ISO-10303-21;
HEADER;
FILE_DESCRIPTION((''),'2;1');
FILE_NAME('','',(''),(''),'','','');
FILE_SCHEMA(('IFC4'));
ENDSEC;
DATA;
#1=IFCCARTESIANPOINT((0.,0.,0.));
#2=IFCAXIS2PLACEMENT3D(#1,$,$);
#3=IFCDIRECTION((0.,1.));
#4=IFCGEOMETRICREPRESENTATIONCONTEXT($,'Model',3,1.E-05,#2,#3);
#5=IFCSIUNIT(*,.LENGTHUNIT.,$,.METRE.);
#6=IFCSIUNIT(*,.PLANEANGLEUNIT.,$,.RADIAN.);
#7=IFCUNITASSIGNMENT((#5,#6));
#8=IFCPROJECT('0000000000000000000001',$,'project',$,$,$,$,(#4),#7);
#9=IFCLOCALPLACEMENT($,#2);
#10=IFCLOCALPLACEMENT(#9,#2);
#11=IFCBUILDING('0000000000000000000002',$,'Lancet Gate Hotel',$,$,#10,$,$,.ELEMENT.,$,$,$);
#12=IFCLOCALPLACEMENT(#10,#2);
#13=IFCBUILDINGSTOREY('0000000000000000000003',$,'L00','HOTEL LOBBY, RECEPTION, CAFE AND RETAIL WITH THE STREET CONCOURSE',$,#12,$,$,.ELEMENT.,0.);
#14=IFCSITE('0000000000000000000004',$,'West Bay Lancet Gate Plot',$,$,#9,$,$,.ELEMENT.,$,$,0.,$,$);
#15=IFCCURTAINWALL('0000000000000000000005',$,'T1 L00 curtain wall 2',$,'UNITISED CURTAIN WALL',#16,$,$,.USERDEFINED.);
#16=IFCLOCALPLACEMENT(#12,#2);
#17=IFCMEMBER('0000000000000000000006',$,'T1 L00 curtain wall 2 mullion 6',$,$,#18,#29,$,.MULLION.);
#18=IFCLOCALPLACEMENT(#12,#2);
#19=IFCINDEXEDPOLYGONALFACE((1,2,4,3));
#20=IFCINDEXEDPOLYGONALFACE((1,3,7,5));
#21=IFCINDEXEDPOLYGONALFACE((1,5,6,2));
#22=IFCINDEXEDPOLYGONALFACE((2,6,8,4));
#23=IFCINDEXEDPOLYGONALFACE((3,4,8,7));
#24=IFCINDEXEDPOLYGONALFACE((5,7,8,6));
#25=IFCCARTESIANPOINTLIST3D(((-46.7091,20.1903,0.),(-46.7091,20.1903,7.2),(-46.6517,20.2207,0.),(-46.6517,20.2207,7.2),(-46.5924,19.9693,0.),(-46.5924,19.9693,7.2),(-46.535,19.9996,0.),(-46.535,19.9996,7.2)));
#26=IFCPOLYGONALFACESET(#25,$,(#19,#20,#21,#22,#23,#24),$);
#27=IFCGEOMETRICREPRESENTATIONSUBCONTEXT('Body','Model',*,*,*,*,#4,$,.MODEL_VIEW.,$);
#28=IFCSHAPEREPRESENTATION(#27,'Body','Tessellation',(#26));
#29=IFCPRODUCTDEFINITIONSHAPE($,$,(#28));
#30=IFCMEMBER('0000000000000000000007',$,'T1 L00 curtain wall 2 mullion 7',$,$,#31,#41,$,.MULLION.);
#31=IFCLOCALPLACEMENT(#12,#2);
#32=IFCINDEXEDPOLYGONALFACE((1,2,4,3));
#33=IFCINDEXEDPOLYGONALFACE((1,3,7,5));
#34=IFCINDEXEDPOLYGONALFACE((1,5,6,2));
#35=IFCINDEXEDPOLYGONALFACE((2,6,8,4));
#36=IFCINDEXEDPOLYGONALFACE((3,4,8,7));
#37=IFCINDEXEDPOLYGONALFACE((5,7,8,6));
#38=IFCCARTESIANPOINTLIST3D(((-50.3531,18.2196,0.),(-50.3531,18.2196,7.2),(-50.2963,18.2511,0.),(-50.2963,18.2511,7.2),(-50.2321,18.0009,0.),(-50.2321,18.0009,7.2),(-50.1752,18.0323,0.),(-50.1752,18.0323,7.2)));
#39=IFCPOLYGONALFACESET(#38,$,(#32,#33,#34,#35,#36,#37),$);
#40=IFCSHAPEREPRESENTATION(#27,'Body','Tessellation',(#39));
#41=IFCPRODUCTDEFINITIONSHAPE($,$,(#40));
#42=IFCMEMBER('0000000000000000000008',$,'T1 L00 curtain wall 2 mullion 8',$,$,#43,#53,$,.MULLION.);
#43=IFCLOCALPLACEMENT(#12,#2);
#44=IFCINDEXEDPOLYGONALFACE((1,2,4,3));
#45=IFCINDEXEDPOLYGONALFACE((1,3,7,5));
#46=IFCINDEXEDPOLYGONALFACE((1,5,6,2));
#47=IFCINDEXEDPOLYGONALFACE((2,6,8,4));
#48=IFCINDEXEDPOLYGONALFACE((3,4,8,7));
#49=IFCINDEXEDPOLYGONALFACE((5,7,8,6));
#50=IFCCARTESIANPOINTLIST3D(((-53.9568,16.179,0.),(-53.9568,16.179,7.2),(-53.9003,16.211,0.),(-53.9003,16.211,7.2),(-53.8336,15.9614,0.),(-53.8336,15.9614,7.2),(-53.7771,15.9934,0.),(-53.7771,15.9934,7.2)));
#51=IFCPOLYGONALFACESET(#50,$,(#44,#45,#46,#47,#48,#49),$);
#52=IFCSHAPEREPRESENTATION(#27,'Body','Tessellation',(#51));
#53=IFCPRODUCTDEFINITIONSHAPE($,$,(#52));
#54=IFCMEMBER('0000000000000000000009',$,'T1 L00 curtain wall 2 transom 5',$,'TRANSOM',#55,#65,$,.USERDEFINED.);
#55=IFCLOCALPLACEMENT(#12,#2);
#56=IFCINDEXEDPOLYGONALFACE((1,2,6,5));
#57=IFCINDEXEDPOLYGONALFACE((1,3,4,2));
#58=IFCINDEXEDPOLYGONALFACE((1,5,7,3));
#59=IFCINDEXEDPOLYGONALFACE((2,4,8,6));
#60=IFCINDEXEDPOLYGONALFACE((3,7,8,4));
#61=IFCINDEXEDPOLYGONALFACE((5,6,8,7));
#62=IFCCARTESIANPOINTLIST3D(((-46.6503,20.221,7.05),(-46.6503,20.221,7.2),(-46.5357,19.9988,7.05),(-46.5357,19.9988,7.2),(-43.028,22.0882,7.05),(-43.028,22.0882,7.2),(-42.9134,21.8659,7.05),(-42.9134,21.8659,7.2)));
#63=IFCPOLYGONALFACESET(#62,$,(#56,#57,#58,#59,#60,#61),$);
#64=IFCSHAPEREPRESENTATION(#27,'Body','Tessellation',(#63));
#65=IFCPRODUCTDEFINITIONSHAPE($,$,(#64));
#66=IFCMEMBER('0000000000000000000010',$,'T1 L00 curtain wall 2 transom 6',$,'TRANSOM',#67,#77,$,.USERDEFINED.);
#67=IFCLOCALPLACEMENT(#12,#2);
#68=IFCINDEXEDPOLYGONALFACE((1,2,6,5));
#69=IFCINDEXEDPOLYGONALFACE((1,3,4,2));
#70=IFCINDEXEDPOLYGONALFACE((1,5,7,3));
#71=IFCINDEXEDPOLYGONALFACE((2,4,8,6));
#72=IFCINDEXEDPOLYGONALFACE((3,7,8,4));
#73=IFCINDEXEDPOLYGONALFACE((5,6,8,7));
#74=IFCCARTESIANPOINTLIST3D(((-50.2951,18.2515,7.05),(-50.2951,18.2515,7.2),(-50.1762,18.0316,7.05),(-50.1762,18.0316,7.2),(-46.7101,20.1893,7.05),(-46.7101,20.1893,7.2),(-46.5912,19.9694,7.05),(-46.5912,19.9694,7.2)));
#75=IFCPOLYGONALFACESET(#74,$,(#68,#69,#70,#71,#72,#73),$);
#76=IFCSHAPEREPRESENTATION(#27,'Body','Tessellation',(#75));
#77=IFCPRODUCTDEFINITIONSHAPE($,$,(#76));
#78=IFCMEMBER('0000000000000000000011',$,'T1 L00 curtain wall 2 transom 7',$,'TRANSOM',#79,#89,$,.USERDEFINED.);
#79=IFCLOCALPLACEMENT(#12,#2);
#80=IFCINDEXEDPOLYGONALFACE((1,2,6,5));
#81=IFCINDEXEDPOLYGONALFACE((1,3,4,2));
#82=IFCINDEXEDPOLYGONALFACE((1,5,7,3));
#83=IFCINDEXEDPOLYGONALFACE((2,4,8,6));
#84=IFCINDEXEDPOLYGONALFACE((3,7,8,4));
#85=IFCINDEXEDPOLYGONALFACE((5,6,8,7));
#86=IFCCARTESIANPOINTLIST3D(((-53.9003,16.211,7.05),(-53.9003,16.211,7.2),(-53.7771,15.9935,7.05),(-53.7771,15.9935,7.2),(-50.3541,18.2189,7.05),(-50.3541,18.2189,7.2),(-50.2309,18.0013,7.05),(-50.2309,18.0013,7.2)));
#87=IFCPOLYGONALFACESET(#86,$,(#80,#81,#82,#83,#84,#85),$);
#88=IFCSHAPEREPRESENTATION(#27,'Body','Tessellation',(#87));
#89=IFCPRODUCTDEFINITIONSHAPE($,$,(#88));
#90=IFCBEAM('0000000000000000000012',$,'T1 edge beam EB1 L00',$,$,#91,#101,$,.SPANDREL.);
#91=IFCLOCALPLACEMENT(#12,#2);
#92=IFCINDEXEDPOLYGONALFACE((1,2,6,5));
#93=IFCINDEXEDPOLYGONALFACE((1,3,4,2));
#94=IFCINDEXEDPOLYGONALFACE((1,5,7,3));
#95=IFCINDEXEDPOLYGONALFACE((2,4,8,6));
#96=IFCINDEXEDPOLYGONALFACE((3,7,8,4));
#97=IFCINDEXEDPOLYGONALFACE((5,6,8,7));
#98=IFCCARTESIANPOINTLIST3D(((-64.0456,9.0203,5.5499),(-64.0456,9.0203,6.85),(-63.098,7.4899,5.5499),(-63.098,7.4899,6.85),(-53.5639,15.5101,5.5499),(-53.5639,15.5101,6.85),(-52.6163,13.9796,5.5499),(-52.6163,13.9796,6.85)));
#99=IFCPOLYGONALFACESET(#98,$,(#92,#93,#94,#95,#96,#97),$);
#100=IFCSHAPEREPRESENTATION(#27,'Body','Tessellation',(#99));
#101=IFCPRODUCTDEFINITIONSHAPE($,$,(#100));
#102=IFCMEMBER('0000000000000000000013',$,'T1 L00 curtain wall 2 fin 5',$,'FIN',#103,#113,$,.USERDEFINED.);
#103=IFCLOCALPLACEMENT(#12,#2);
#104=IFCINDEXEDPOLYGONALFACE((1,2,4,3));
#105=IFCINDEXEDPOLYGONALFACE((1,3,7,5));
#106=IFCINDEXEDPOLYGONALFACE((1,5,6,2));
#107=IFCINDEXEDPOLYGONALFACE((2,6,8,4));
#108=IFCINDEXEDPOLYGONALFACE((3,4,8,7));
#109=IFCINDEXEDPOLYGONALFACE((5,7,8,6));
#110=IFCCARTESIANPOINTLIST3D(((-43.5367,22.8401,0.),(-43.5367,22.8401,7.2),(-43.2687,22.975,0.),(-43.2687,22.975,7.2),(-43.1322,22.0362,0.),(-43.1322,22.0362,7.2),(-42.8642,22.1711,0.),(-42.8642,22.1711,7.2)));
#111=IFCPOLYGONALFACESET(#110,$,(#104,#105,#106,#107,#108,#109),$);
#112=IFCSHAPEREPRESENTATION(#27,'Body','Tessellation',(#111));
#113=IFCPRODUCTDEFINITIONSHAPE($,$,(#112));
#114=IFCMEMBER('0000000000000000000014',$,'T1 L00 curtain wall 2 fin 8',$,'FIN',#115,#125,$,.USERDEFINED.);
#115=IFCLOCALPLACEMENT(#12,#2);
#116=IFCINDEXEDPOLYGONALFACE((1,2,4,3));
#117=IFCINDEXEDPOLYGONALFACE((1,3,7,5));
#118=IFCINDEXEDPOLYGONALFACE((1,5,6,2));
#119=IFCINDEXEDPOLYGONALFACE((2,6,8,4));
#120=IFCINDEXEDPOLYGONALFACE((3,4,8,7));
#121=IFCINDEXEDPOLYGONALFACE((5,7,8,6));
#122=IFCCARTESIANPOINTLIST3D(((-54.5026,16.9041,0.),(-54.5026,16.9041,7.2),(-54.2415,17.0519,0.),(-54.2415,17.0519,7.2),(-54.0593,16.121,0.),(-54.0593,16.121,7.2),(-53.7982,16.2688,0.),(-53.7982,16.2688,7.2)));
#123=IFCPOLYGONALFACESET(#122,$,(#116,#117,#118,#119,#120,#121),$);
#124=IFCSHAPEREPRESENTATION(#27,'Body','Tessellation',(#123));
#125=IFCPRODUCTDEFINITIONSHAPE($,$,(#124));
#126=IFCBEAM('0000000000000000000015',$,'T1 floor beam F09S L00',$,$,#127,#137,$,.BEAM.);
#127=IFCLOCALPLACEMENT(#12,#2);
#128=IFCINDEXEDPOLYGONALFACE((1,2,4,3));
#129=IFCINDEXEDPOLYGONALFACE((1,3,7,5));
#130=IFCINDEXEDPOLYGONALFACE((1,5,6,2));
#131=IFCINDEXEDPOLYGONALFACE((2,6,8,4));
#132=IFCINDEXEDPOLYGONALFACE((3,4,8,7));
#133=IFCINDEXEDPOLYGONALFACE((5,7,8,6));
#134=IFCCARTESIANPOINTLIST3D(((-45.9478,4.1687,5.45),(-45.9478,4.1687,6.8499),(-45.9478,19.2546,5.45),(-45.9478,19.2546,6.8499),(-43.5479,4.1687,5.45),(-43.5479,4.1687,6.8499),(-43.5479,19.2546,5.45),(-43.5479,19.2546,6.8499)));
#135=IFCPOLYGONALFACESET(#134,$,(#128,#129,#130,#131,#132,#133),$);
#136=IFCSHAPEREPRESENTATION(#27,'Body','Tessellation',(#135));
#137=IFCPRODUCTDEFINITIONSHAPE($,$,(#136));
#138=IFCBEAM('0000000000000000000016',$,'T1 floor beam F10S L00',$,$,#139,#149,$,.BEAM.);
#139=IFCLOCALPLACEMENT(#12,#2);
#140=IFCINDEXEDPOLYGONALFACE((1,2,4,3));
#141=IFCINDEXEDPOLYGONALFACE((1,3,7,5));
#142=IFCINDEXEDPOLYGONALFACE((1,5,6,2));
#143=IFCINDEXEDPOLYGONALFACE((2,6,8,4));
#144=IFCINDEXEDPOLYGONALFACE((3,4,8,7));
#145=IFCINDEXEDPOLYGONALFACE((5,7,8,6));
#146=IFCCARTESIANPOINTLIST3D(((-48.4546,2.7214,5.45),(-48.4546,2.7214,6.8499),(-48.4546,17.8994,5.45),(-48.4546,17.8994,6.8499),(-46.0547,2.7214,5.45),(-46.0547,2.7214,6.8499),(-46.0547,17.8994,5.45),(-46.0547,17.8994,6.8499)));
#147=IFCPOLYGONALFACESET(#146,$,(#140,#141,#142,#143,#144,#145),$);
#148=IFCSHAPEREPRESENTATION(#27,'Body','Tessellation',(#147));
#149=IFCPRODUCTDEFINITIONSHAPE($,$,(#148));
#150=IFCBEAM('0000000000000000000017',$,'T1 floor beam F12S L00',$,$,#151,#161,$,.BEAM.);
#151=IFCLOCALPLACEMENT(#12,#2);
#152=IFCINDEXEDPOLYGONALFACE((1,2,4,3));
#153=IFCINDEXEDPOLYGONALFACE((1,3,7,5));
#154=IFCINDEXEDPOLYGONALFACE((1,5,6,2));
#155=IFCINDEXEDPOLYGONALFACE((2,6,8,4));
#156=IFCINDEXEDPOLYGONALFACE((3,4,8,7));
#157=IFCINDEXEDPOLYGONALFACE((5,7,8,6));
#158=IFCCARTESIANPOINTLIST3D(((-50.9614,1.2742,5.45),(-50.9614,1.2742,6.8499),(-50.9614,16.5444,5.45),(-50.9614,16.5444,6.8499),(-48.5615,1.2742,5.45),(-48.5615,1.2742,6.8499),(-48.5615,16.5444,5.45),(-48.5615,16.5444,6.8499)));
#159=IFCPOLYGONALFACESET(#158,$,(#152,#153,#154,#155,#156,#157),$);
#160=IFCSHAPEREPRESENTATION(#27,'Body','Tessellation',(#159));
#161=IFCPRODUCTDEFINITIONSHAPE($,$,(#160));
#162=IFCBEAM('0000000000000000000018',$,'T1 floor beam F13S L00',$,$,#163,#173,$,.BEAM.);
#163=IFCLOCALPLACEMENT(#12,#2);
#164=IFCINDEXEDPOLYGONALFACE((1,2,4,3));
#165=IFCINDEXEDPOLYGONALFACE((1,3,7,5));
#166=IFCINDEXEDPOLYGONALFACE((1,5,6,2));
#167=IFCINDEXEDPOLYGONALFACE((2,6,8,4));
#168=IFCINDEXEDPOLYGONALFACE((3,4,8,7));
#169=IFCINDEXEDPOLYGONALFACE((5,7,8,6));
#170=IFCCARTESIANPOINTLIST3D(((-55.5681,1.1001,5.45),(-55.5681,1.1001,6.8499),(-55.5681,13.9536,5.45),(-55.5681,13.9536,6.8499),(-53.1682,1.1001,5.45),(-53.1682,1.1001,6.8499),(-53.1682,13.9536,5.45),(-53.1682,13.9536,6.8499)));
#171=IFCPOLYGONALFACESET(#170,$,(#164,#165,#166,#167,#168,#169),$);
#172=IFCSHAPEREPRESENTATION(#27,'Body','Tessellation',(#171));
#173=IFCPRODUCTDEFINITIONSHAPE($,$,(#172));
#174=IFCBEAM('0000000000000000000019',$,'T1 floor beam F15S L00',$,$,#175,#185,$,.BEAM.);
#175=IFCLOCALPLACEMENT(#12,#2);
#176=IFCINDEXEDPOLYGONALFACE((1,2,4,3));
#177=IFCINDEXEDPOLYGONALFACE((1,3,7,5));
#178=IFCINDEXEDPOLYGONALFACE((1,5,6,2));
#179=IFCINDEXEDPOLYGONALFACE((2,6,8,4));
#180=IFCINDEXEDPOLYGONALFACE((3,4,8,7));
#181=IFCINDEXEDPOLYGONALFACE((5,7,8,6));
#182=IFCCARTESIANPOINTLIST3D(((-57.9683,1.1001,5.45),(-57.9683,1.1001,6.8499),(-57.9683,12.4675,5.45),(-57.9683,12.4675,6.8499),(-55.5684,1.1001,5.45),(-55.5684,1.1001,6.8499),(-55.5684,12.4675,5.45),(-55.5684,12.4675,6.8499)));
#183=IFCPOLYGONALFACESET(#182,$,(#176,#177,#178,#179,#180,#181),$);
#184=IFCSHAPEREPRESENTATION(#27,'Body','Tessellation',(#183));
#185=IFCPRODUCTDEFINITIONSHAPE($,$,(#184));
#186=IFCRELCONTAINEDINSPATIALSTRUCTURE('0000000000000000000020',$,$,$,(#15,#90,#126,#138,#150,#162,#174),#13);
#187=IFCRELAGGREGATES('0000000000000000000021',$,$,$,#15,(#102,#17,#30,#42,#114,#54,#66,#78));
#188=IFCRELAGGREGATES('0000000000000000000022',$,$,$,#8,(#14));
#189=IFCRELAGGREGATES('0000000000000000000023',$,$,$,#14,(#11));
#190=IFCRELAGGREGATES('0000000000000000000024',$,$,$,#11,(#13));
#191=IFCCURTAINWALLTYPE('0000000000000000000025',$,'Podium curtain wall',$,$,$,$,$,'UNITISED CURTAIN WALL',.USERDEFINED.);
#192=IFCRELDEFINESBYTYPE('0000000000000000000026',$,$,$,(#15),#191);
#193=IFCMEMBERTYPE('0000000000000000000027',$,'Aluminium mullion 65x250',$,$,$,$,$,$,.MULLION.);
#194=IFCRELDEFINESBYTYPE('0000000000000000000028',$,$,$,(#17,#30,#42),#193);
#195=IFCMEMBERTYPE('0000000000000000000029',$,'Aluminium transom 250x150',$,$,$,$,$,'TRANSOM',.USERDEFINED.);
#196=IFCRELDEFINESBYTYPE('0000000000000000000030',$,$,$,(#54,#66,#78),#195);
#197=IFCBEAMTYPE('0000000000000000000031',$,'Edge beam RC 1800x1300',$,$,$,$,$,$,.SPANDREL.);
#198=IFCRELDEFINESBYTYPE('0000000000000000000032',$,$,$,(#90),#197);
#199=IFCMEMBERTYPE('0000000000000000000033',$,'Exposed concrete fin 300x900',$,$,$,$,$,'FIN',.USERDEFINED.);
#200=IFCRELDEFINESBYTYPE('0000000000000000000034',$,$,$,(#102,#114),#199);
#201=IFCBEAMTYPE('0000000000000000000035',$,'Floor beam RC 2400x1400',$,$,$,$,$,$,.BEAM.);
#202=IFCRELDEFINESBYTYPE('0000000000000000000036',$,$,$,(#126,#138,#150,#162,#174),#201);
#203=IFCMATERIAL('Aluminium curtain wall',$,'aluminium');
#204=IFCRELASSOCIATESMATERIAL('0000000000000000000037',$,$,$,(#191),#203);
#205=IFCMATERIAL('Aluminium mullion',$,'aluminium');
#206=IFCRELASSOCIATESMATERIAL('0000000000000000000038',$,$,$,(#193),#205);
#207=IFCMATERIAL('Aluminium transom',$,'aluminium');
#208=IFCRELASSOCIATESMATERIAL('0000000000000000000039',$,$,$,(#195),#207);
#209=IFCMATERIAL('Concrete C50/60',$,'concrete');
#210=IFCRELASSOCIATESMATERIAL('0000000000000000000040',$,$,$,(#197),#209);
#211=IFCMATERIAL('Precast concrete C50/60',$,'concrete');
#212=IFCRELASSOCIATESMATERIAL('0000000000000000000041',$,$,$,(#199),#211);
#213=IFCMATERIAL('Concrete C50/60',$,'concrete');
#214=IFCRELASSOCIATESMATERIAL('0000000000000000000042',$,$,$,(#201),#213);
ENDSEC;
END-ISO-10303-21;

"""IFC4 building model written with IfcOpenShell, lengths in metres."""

from ifc_helpers import new_model, si_unit, direction, frame, origin, origin_2d, place, context, subcontext, project, spatial, rectangle, extrude, material, material_profile, profile_set, type_object, element, aggregate, save


model = new_model("IFC4")

# Units and contexts
model_context = context("Model", 3, precision=1e-05, world=origin(), true_north=direction((0.0, 1.0)))
body_context = subcontext(model_context, "Body", "Model", "MODEL_VIEW")
ifc_project = project(units=[si_unit("LENGTHUNIT", "METRE"), si_unit("PLANEANGLEUNIT", "RADIAN")], contexts=[model_context])

# Site, building, storey
site_placement = place(None, origin())
site = spatial("IfcSite", under=ifc_project, at=site_placement, Name="West Bay Lancet Gate Plot", CompositionType="ELEMENT", RefElevation=0.0)
building_placement = place(site_placement, origin())
building = spatial("IfcBuilding", under=site, at=building_placement, Name="Lancet Gate Hotel", CompositionType="ELEMENT")
storey_placement = place(building_placement, origin())
storey = spatial("IfcBuildingStorey", under=building, at=storey_placement, Name="L00", Description="HOTEL LOBBY, RECEPTION, CAFE AND RETAIL WITH THE STREET CONCOURSE", CompositionType="ELEMENT", Elevation=0.0)

# Curtain wall, members
ifc_material_1 = material(Name="Aluminium curtain wall", Category="aluminium")
curtain_wall_type = type_object("IfcCurtainWallType", Name="Podium curtain wall", ElementType="UNITISED CURTAIN WALL", PredefinedType="USERDEFINED", material=ifc_material_1)
curtain_wall_placement = place(storey_placement, origin())
curtain_wall = element("IfcCurtainWall", 1, at=curtain_wall_placement, inside=storey, type_object=curtain_wall_type, Name="T1 L00 curtain wall 2", ObjectType="UNITISED CURTAIN WALL", PredefinedType="USERDEFINED")
ifc_material_2 = material(Name="Aluminium mullion", Category="aluminium")
ifc_material_profile_1 = material_profile(ifc_material_2, rectangle(XDim=0.0649, YDim=0.25, at=origin_2d()), Name="MULLION 65x250")
ifc_profile_set_1 = profile_set([ifc_material_profile_1], Name="Aluminium mullion")
member_type_1 = type_object("IfcMemberType", Name="Aluminium mullion 65x250", PredefinedType="MULLION", material=ifc_profile_set_1)
member_1_placement = place(storey_placement, frame((-46.6221, 20.095, 0.0), z_axis=(0.0, 0.0, 1.0), x_axis=(-0.884311, -0.466898, 0.0)))
member_1 = element("IfcMember", 2, at=member_1_placement, type_object=member_type_1, Name="T1 L00 curtain wall 2 mullion 6", PredefinedType="MULLION", context=body_context, shape_type="SweptSolid", body=[
    extrude(rectangle(XDim=0.0649, YDim=0.25, at=origin_2d()), origin(), (0.0, 0.0, 1.0), 7.2),
])
member_2_placement = place(storey_placement, frame((-50.2642, 18.126, 0.0), z_axis=(0.0, 0.0, 1.0), x_axis=(-0.874991, -0.484139, 0.0)))
member_2 = element("IfcMember", 3, at=member_2_placement, type_object=member_type_1, Name="T1 L00 curtain wall 2 mullion 7", PredefinedType="MULLION", context=body_context, shape_type="SweptSolid", body=[
    extrude(rectangle(XDim=0.0649, YDim=0.25, at=origin_2d()), origin(), (0.0, 0.0, 1.0), 7.2),
])
member_3_placement = place(storey_placement, frame((-53.8669, 16.0862, 0.0), z_axis=(0.0, 0.0, 1.0), x_axis=(-0.870205, -0.49269, 0.0)))
member_3 = element("IfcMember", 4, at=member_3_placement, type_object=member_type_1, Name="T1 L00 curtain wall 2 mullion 8", PredefinedType="MULLION", context=body_context, shape_type="SweptSolid", body=[
    extrude(rectangle(XDim=0.0649, YDim=0.25, at=origin_2d()), origin(), (0.0, 0.0, 1.0), 7.2),
])
ifc_material_3 = material(Name="Aluminium transom", Category="aluminium")
ifc_material_profile_2 = material_profile(ifc_material_3, rectangle(XDim=0.25, YDim=0.1499, at=origin_2d()), Name="TRANSOM 250x150")
ifc_profile_set_2 = profile_set([ifc_material_profile_2], Name="Aluminium transom")
member_type_2 = type_object("IfcMemberType", Name="Aluminium transom 250x150", ElementType="TRANSOM", PredefinedType="USERDEFINED", material=ifc_profile_set_2)
member_4_placement = place(storey_placement, frame((-42.9707, 21.9771, 7.125), z_axis=(-0.88886, -0.458179, 0.0), x_axis=(0.458179, -0.88886, 0.0)))
member_4 = element("IfcMember", 5, at=member_4_placement, type_object=member_type_2, Name="T1 L00 curtain wall 2 transom 5", ObjectType="TRANSOM", PredefinedType="USERDEFINED", context=body_context, shape_type="SweptSolid", body=[
    extrude(rectangle(XDim=0.25, YDim=0.1499, at=origin_2d()), origin(), (0.0, 0.0, 1.0), 4.0752),
])
member_5_placement = place(storey_placement, frame((-46.6506, 20.0793, 7.125), z_axis=(-0.879714, -0.475503, 0.0), x_axis=(0.475503, -0.879714, 0.0)))
member_5 = element("IfcMember", 6, at=member_5_placement, type_object=member_type_2, Name="T1 L00 curtain wall 2 transom 6", ObjectType="TRANSOM", PredefinedType="USERDEFINED", context=body_context, shape_type="SweptSolid", body=[
    extrude(rectangle(XDim=0.25, YDim=0.1499, at=origin_2d()), origin(), (0.0, 0.0, 1.0), 4.0752),
])
member_6_placement = place(storey_placement, frame((-50.2925, 18.1101, 7.125), z_axis=(-0.870198, -0.492703, 0.0), x_axis=(0.492703, -0.870198, 0.0)))
member_6 = element("IfcMember", 7, at=member_6_placement, type_object=member_type_2, Name="T1 L00 curtain wall 2 transom 7", ObjectType="TRANSOM", PredefinedType="USERDEFINED", context=body_context, shape_type="SweptSolid", body=[
    extrude(rectangle(XDim=0.25, YDim=0.1499, at=origin_2d()), origin(), (0.0, 0.0, 1.0), 4.0752),
])

# Beam
ifc_material_4 = material(Name="Concrete C50/60", Category="concrete")
ifc_material_profile_3 = material_profile(ifc_material_4, rectangle(XDim=1.8, YDim=1.3, at=origin_2d()), Name="RC 1800x1300")
ifc_profile_set_3 = profile_set([ifc_material_profile_3], Name="Concrete C50/60")
beam_type_1 = type_object("IfcBeamType", Name="Edge beam RC 1800x1300", PredefinedType="SPANDREL", material=ifc_profile_set_3)
beam_1_placement = place(storey_placement, frame((-53.0901, 14.7449, 6.2), z_axis=(-0.850226, -0.526418, 0.0), x_axis=(0.526418, -0.850226, 0.0)))
element("IfcBeam", 8, at=beam_1_placement, inside=storey, type_object=beam_type_1, Name="T1 edge beam EB1 L00", PredefinedType="SPANDREL", context=body_context, shape_type="SweptSolid", body=[
    extrude(rectangle(XDim=1.8, YDim=1.3, at=origin_2d()), origin(), (0.0, 0.0, 1.0), 12.3281),
])

# Members
ifc_material_5 = material(Name="Precast concrete C50/60", Category="concrete")
ifc_material_profile_4 = material_profile(ifc_material_5, rectangle(XDim=0.3, YDim=0.8999, at=origin_2d()), Name="FIN 300x900")
ifc_profile_set_4 = profile_set([ifc_material_profile_4], Name="Precast concrete C50/60")
member_type_3 = type_object("IfcMemberType", Name="Exposed concrete fin 300x900", ElementType="FIN", PredefinedType="USERDEFINED", material=ifc_profile_set_4)
member_7_placement = place(storey_placement, frame((-43.2004, 22.5056, 0.0), z_axis=(0.0, 0.0, 1.0), x_axis=(-0.893292, -0.449478, 0.0)))
member_7 = element("IfcMember", 9, at=member_7_placement, type_object=member_type_3, Name="T1 L00 curtain wall 2 fin 5", ObjectType="FIN", PredefinedType="USERDEFINED", context=body_context, shape_type="SweptSolid", body=[
    extrude(rectangle(XDim=0.3, YDim=0.8999, at=origin_2d()), origin(), (0.0, 0.0, 1.0), 7.2),
])
member_8_placement = place(storey_placement, frame((-54.1504, 16.5864, 0.0), z_axis=(0.0, 0.0, 1.0), x_axis=(-0.870205, -0.49269, 0.0)))
member_8 = element("IfcMember", 10, at=member_8_placement, type_object=member_type_3, Name="T1 L00 curtain wall 2 fin 8", ObjectType="FIN", PredefinedType="USERDEFINED", context=body_context, shape_type="SweptSolid", body=[
    extrude(rectangle(XDim=0.3, YDim=0.8999, at=origin_2d()), origin(), (0.0, 0.0, 1.0), 7.2),
])

# Beams
ifc_material_6 = material(Name="Concrete C50/60", Category="concrete")
ifc_material_profile_5 = material_profile(ifc_material_6, rectangle(XDim=2.3999, YDim=1.3999, at=origin_2d()), Name="RC 2400x1400")
ifc_profile_set_5 = profile_set([ifc_material_profile_5], Name="Concrete C50/60")
beam_type_2 = type_object("IfcBeamType", Name="Floor beam RC 2400x1400", PredefinedType="BEAM", material=ifc_profile_set_5)
beam_2_placement = place(storey_placement, frame((-44.7478, 19.2546, 6.1499), z_axis=(0.0, -1.0, 0.0), x_axis=(1.0, 0.0, 0.0)))
element("IfcBeam", 11, at=beam_2_placement, inside=storey, type_object=beam_type_2, Name="T1 floor beam F09S L00", PredefinedType="BEAM", context=body_context, shape_type="SweptSolid", body=[
    extrude(rectangle(XDim=2.3999, YDim=1.3999, at=origin_2d()), origin(), (0.0, 0.0, 1.0), 15.0859),
])
beam_3_placement = place(storey_placement, frame((-47.2546, 17.8994, 6.1499), z_axis=(0.0, -1.0, 0.0), x_axis=(1.0, 0.0, 0.0)))
element("IfcBeam", 12, at=beam_3_placement, inside=storey, type_object=beam_type_2, Name="T1 floor beam F10S L00", PredefinedType="BEAM", context=body_context, shape_type="SweptSolid", body=[
    extrude(rectangle(XDim=2.3999, YDim=1.3999, at=origin_2d()), origin(), (0.0, 0.0, 1.0), 15.178),
])
beam_4_placement = place(storey_placement, frame((-49.7615, 16.5444, 6.1499), z_axis=(0.0, -1.0, 0.0), x_axis=(1.0, 0.0, 0.0)))
element("IfcBeam", 13, at=beam_4_placement, inside=storey, type_object=beam_type_2, Name="T1 floor beam F12S L00", PredefinedType="BEAM", context=body_context, shape_type="SweptSolid", body=[
    extrude(rectangle(XDim=2.3999, YDim=1.3999, at=origin_2d()), origin(), (0.0, 0.0, 1.0), 15.2703),
])
beam_5_placement = place(storey_placement, frame((-54.3682, 13.9536, 6.1499), z_axis=(0.0, -1.0, 0.0), x_axis=(1.0, 0.0, 0.0)))
element("IfcBeam", 14, at=beam_5_placement, inside=storey, type_object=beam_type_2, Name="T1 floor beam F13S L00", PredefinedType="BEAM", context=body_context, shape_type="SweptSolid", body=[
    extrude(rectangle(XDim=2.3999, YDim=1.3999, at=origin_2d()), origin(), (0.0, 0.0, 1.0), 12.8535),
])
beam_6_placement = place(storey_placement, frame((-56.7683, 12.4675, 6.1499), z_axis=(0.0, -1.0, 0.0), x_axis=(1.0, 0.0, 0.0)))
element("IfcBeam", 15, at=beam_6_placement, inside=storey, type_object=beam_type_2, Name="T1 floor beam F15S L00", PredefinedType="BEAM", context=body_context, shape_type="SweptSolid", body=[
    extrude(rectangle(XDim=2.3999, YDim=1.3999, at=origin_2d()), origin(), (0.0, 0.0, 1.0), 11.3674),
])

aggregate(curtain_wall, [member_7, member_1, member_2, member_3, member_8, member_4, member_5, member_6])

save(model, "model.ifc")
